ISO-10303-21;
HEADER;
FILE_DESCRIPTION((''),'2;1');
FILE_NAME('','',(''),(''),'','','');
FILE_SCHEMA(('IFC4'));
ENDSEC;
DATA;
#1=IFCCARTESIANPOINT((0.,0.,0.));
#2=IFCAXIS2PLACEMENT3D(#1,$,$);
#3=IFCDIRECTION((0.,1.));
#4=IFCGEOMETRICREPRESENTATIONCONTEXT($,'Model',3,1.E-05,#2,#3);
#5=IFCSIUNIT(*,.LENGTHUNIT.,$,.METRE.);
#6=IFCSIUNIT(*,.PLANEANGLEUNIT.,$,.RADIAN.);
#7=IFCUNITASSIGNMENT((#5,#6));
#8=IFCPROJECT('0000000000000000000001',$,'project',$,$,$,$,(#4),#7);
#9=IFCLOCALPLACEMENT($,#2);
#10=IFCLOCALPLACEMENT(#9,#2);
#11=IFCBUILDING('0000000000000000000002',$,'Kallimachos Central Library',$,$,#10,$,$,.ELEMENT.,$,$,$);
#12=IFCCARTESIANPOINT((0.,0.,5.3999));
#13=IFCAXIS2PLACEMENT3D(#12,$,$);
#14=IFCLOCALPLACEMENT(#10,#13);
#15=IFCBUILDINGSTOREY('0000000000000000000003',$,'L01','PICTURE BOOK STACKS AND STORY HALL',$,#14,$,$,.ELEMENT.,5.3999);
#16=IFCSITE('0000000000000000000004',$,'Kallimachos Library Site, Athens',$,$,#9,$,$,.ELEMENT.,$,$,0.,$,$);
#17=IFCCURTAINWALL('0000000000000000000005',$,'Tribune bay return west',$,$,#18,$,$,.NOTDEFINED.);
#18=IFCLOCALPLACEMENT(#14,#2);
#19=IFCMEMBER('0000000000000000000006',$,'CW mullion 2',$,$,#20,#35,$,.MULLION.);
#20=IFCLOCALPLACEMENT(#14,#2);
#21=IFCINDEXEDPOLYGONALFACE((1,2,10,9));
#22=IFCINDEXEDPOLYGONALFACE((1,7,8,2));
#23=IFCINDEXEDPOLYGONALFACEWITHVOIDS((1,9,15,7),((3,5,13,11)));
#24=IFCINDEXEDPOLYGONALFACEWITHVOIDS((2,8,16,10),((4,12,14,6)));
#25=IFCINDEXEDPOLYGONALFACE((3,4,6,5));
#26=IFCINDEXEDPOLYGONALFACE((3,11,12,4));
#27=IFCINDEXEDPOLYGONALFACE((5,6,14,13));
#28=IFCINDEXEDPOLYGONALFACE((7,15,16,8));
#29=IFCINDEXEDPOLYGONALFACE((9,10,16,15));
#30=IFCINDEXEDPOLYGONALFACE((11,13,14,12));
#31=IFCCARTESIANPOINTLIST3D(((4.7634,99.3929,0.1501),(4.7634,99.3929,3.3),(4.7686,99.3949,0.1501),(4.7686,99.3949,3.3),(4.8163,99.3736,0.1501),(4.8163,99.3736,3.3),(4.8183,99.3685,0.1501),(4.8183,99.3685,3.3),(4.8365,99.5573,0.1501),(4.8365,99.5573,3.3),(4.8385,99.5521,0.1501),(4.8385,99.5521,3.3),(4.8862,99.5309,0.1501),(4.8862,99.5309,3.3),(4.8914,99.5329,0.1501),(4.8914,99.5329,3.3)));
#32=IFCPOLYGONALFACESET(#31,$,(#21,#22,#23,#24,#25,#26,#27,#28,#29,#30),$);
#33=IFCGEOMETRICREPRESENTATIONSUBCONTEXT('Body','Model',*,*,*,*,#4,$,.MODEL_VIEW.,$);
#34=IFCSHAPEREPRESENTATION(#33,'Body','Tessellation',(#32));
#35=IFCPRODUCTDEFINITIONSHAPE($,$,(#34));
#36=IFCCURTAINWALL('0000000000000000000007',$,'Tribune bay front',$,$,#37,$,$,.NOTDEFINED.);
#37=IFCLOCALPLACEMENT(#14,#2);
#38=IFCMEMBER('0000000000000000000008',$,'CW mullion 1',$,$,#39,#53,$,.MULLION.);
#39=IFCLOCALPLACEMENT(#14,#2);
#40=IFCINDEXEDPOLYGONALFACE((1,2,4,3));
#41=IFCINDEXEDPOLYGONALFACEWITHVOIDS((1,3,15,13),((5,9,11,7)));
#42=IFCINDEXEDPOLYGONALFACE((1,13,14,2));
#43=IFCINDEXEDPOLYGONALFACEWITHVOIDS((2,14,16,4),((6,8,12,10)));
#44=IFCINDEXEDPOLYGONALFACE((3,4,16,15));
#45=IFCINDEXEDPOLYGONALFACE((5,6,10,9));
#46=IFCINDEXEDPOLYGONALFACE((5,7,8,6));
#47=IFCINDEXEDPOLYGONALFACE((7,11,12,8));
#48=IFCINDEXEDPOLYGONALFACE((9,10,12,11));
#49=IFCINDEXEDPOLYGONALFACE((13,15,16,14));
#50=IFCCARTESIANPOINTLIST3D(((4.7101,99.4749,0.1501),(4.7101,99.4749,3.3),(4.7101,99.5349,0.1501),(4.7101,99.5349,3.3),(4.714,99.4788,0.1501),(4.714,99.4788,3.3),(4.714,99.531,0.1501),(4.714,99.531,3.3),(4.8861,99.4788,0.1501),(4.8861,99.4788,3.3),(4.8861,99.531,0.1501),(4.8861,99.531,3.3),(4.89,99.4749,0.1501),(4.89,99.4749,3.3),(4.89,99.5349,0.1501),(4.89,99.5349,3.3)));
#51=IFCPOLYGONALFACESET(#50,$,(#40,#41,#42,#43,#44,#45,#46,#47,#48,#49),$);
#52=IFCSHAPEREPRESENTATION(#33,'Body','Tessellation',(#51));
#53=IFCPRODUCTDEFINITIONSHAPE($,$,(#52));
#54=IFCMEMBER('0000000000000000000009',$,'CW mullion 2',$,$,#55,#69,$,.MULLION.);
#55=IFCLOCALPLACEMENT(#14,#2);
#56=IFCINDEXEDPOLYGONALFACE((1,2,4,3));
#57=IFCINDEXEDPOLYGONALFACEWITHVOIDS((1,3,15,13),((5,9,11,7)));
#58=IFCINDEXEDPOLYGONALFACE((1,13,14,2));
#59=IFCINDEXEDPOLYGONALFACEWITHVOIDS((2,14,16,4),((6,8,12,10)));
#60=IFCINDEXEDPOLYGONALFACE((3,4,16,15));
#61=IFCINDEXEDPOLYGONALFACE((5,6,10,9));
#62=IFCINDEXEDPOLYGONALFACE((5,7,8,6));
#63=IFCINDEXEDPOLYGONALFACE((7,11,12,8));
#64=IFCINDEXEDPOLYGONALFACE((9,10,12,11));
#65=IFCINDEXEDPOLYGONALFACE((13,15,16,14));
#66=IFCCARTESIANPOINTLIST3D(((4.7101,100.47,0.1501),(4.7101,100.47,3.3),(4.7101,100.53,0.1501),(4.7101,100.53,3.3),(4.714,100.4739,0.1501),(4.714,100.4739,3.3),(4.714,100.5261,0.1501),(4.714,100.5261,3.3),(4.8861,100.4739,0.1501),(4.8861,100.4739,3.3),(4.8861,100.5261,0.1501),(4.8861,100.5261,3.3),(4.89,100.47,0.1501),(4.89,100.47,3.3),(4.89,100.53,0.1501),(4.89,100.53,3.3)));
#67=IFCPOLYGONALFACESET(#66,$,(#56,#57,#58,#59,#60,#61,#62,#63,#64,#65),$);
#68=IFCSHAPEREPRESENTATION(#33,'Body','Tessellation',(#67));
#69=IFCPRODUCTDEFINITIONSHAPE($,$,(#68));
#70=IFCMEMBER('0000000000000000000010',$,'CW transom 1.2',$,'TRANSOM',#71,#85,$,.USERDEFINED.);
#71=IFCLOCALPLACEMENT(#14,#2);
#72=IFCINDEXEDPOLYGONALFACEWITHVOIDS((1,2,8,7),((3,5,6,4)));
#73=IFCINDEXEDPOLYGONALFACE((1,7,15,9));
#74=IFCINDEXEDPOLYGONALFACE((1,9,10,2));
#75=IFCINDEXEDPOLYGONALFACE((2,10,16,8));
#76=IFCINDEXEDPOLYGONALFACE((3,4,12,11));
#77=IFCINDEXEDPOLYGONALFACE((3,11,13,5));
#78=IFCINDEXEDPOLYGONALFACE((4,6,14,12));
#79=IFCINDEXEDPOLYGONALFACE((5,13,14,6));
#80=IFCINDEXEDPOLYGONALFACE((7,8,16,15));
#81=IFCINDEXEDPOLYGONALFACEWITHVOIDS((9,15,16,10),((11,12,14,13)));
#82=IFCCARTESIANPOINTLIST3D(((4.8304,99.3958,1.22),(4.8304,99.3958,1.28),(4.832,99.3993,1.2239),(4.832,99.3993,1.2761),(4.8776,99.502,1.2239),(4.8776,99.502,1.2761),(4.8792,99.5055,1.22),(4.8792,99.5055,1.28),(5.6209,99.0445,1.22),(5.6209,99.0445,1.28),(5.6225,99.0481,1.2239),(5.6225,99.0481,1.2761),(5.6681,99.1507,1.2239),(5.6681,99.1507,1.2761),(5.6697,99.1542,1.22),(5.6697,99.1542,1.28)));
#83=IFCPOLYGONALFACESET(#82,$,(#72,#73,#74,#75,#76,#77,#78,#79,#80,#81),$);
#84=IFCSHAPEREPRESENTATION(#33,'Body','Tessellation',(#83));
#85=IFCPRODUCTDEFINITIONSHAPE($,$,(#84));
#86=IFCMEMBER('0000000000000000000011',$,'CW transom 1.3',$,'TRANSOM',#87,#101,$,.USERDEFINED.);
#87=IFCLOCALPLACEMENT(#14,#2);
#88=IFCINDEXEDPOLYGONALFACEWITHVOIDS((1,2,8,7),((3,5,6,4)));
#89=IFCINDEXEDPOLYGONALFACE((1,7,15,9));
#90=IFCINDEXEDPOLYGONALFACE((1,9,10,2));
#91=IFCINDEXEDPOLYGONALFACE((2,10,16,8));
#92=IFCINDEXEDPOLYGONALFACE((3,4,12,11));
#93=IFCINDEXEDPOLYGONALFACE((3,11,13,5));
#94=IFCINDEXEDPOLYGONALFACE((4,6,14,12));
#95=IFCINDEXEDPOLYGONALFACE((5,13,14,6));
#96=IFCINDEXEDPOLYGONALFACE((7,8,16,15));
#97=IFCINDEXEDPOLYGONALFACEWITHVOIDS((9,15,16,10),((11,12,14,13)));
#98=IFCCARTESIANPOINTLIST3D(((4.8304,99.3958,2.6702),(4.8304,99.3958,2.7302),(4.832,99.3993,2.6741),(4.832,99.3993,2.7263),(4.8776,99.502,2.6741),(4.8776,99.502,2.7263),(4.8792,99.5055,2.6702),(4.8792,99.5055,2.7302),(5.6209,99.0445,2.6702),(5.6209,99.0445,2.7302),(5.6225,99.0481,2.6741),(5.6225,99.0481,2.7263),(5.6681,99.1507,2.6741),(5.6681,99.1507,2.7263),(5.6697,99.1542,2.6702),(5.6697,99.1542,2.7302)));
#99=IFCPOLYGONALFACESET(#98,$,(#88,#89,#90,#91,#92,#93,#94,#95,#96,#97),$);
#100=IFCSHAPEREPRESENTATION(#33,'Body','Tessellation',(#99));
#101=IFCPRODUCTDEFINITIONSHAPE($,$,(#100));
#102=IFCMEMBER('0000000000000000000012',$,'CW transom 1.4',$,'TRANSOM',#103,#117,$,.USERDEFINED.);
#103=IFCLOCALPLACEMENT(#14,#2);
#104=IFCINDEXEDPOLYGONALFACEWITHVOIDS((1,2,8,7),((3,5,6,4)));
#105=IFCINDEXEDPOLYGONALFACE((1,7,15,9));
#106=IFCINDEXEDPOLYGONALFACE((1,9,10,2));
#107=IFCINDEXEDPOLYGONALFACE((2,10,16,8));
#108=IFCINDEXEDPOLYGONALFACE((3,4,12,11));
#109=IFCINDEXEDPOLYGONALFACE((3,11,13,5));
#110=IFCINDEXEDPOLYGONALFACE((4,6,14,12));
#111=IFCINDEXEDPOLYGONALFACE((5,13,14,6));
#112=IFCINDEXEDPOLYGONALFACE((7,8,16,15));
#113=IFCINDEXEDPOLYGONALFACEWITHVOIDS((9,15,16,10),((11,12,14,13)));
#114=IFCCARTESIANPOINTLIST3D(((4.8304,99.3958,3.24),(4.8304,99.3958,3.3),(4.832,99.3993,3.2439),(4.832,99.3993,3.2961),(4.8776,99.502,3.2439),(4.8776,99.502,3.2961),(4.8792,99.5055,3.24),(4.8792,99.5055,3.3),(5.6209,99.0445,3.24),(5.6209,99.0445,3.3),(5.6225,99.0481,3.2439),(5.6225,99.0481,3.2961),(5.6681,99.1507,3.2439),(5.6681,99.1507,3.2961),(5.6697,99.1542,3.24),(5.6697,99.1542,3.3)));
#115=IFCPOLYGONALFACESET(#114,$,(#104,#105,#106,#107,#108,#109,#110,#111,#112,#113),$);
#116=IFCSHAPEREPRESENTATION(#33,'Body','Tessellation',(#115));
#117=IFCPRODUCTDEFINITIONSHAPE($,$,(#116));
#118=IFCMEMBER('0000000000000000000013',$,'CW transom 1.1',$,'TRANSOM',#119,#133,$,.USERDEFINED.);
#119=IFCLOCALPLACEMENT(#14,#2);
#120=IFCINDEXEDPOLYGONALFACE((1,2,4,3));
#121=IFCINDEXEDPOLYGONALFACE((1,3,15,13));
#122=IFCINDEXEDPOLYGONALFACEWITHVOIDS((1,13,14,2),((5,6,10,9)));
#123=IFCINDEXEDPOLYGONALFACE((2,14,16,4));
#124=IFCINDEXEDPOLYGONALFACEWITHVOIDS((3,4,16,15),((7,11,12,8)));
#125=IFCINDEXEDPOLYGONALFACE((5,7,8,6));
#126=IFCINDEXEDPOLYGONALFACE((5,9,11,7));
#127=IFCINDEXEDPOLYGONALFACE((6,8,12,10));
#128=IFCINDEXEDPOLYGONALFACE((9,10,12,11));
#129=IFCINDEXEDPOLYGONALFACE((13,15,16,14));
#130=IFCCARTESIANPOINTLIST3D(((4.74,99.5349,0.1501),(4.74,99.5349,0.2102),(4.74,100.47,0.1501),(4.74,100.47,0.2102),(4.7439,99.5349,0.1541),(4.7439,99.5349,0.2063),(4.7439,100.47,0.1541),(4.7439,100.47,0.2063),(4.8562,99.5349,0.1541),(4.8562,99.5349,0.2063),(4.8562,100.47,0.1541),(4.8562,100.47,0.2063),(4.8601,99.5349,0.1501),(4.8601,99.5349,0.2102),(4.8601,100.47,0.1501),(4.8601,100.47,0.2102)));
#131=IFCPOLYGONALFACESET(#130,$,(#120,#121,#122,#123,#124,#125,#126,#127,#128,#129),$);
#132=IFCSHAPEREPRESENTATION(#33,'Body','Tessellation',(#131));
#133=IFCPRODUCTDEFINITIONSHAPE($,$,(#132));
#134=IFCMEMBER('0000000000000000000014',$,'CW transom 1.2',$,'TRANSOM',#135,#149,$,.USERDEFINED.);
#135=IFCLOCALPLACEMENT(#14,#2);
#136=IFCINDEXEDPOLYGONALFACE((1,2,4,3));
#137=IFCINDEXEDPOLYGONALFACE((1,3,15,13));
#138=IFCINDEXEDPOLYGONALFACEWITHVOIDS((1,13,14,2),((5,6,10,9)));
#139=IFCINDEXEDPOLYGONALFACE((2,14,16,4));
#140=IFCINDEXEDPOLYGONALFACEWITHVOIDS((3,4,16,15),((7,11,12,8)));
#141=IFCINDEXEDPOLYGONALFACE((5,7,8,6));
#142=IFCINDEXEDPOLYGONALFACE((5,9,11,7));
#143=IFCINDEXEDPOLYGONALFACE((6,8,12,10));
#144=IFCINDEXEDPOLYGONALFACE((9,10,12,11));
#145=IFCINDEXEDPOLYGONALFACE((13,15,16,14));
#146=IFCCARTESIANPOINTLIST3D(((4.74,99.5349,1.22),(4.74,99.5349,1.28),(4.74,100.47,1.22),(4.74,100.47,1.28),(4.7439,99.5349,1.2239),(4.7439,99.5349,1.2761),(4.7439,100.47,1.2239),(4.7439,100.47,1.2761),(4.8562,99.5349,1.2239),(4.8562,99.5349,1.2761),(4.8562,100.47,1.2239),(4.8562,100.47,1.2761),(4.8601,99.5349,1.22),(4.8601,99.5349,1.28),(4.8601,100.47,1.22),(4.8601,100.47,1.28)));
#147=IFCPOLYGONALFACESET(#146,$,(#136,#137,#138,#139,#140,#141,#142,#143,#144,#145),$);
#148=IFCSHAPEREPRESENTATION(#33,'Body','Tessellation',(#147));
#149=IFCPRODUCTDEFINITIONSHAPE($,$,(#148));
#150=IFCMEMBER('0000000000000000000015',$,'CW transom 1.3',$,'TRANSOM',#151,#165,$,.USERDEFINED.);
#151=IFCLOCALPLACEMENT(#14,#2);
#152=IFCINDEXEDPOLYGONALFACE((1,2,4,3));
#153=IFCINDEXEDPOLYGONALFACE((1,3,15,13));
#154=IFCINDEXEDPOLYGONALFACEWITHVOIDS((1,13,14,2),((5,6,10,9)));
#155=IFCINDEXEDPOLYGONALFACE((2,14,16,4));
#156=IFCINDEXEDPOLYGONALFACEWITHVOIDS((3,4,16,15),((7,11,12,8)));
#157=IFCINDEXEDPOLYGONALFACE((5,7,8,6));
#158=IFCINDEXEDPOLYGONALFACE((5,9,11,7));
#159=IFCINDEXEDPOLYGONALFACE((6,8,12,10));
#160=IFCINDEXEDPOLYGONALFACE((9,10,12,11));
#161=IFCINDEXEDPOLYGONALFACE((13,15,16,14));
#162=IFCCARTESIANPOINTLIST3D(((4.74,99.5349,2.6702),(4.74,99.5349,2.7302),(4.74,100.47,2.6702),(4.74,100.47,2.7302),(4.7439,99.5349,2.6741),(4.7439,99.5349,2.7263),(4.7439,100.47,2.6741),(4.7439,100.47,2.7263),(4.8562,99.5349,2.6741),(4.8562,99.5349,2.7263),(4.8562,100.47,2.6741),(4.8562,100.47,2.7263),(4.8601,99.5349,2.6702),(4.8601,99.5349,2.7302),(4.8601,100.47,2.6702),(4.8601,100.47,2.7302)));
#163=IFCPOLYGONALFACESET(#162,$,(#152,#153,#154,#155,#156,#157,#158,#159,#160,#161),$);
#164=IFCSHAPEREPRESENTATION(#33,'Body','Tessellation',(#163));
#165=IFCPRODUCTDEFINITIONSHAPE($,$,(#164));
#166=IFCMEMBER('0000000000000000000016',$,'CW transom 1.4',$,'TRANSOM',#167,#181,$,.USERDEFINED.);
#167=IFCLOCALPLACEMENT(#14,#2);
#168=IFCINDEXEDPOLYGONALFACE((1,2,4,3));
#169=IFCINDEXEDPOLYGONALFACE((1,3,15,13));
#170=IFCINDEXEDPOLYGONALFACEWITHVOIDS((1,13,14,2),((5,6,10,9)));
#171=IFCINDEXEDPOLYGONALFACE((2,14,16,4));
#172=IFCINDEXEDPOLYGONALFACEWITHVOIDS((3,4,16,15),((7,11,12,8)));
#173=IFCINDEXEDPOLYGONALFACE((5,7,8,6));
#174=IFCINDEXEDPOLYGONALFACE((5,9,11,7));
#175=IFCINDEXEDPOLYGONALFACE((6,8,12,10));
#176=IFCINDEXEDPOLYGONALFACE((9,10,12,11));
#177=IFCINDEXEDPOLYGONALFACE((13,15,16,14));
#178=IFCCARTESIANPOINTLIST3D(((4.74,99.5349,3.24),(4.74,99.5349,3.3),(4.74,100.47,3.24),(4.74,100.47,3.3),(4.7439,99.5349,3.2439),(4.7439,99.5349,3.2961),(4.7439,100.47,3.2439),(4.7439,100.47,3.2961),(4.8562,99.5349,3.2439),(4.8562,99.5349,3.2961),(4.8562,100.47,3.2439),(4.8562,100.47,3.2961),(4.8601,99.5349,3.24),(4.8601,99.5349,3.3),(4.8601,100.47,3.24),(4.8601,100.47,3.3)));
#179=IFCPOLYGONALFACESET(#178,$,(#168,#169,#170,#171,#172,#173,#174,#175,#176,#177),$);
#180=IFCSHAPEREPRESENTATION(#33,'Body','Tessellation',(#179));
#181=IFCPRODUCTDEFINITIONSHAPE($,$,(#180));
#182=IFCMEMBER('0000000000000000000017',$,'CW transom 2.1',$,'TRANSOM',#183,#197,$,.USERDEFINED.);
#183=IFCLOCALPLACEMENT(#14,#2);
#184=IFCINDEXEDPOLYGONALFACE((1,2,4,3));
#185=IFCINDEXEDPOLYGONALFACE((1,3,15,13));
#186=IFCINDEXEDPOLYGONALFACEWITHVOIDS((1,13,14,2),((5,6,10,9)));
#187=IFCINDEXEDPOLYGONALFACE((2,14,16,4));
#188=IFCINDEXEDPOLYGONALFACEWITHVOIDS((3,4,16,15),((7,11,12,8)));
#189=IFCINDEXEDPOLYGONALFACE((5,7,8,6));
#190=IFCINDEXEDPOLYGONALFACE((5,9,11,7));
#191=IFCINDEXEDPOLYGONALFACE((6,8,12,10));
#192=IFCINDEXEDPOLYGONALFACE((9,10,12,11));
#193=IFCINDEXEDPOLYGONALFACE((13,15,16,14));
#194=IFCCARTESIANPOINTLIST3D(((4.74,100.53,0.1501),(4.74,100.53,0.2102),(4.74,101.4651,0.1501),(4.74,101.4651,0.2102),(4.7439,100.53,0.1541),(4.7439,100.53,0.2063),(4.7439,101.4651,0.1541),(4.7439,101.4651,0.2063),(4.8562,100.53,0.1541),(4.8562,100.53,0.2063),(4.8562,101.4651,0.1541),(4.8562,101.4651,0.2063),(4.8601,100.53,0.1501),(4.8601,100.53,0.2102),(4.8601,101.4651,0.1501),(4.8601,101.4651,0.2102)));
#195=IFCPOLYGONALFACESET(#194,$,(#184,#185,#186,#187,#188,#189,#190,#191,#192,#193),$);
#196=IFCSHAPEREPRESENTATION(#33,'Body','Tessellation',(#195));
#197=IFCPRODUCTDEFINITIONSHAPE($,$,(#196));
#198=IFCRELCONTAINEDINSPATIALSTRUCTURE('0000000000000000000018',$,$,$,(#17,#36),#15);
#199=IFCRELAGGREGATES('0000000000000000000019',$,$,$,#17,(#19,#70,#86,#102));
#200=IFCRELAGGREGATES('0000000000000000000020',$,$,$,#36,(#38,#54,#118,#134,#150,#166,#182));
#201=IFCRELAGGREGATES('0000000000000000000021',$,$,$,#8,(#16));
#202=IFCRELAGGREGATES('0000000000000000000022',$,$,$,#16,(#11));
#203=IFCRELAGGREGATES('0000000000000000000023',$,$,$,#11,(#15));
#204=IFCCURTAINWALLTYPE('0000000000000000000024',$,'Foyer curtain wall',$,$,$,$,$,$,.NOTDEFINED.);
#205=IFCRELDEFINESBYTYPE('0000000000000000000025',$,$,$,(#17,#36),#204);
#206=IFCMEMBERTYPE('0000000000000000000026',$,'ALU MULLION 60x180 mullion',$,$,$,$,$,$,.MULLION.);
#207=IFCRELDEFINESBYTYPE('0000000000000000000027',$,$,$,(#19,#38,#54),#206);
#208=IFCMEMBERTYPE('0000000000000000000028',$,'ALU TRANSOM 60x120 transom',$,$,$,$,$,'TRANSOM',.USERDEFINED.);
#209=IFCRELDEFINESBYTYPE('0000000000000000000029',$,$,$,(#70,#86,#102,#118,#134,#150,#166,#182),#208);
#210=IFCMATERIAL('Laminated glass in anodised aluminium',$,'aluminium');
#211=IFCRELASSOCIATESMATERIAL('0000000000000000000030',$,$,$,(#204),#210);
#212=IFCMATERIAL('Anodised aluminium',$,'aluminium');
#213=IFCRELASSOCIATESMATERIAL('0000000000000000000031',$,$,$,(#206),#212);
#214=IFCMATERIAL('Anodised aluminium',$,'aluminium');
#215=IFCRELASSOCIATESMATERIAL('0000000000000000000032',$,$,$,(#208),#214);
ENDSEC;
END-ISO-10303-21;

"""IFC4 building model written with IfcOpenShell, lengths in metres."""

from ifc_helpers import new_model, si_unit, direction, frame, origin, origin_2d, place, context, subcontext, project, spatial, hollow_rectangle, extrude, material, material_profile, profile_set, type_object, element, aggregate, save


model = new_model("IFC4")

# Units and contexts
model_context = context("Model", 3, precision=1e-05, world=origin(), true_north=direction((0.0, 1.0)))
body_context = subcontext(model_context, "Body", "Model", "MODEL_VIEW")
ifc_project = project(units=[si_unit("LENGTHUNIT", "METRE"), si_unit("PLANEANGLEUNIT", "RADIAN")], contexts=[model_context])

# Site, building, storey
site_placement = place(None, origin())
site = spatial("IfcSite", under=ifc_project, at=site_placement, Name="Kallimachos Library Site, Athens", CompositionType="ELEMENT", RefElevation=0.0)
building_placement = place(site_placement, origin())
building = spatial("IfcBuilding", under=site, at=building_placement, Name="Kallimachos Central Library", CompositionType="ELEMENT")
storey_placement = place(building_placement, frame((0.0, 0.0, 5.3999)))
storey = spatial("IfcBuildingStorey", under=building, at=storey_placement, Name="L01", Description="PICTURE BOOK STACKS AND STORY HALL", CompositionType="ELEMENT", Elevation=5.3999)

# Curtain wall, member
ifc_material_1 = material(Name="Laminated glass in anodised aluminium", Category="aluminium")
curtain_wall_type = type_object("IfcCurtainWallType", Name="Foyer curtain wall", PredefinedType="NOTDEFINED", material=ifc_material_1)
curtain_wall_1_placement = place(storey_placement, origin())
curtain_wall_1 = element("IfcCurtainWall", 1, at=curtain_wall_1_placement, inside=storey, type_object=curtain_wall_type, Name="Tribune bay return west", PredefinedType="NOTDEFINED")
ifc_material_2 = material(Name="Anodised aluminium", Category="aluminium")
ifc_material_profile_1 = material_profile(ifc_material_2, hollow_rectangle(XDim=0.0601, YDim=0.1799, WallThickness=0.0039, at=origin_2d()), Name="ALU MULLION 60x180")
ifc_profile_set_1 = profile_set([ifc_material_profile_1], Name="Anodised aluminium")
member_type_1 = type_object("IfcMemberType", Name="ALU MULLION 60x180 mullion", PredefinedType="MULLION", material=ifc_profile_set_1)
member_1_placement = place(storey_placement, frame((4.8274, 99.4629, 0.1501), z_axis=(0.0, 0.0, 1.0), x_axis=(-0.913812, 0.406138, 0.0)))
member_1 = element("IfcMember", 2, at=member_1_placement, type_object=member_type_1, Name="CW mullion 2", PredefinedType="MULLION", context=body_context, shape_type="SweptSolid", body=[
    extrude(hollow_rectangle(XDim=0.0601, YDim=0.1799, WallThickness=0.0039, at=origin_2d()), origin(), (0.0, 0.0, 1.0), 3.1499),
])

# Curtain wall, members
curtain_wall_2_placement = place(storey_placement, origin())
curtain_wall_2 = element("IfcCurtainWall", 3, at=curtain_wall_2_placement, inside=storey, type_object=curtain_wall_type, Name="Tribune bay front", PredefinedType="NOTDEFINED")
member_2_placement = place(storey_placement, frame((4.8, 99.5049, 0.1501), z_axis=(0.0, 0.0, 1.0), x_axis=(0.0, 1.0, 0.0)))
member_2 = element("IfcMember", 4, at=member_2_placement, type_object=member_type_1, Name="CW mullion 1", PredefinedType="MULLION", context=body_context, shape_type="SweptSolid", body=[
    extrude(hollow_rectangle(XDim=0.0601, YDim=0.1799, WallThickness=0.0039, at=origin_2d()), origin(), (0.0, 0.0, 1.0), 3.1499),
])
member_3_placement = place(storey_placement, frame((4.8, 100.5, 0.1501), z_axis=(0.0, 0.0, 1.0), x_axis=(0.0, 1.0, 0.0)))
member_3 = element("IfcMember", 5, at=member_3_placement, type_object=member_type_1, Name="CW mullion 2", PredefinedType="MULLION", context=body_context, shape_type="SweptSolid", body=[
    extrude(hollow_rectangle(XDim=0.0601, YDim=0.1799, WallThickness=0.0039, at=origin_2d()), origin(), (0.0, 0.0, 1.0), 3.1499),
])

# Members
ifc_material_3 = material(Name="Anodised aluminium", Category="aluminium")
ifc_material_profile_2 = material_profile(ifc_material_3, hollow_rectangle(XDim=0.0601, YDim=0.1201, WallThickness=0.0039, at=origin_2d()), Name="ALU TRANSOM 60x120")
ifc_profile_set_2 = profile_set([ifc_material_profile_2], Name="Anodised aluminium")
member_type_2 = type_object("IfcMemberType", Name="ALU TRANSOM 60x120 transom", ElementType="TRANSOM", PredefinedType="USERDEFINED", material=ifc_profile_set_2)
member_4_placement = place(storey_placement, frame((5.6453, 99.0994, 1.25), z_axis=(-0.913823, 0.406112, 0.0), x_axis=(0.0, 0.0, 1.0)))
member_4 = element("IfcMember", 6, at=member_4_placement, type_object=member_type_2, Name="CW transom 1.2", ObjectType="TRANSOM", PredefinedType="USERDEFINED", context=body_context, shape_type="SweptSolid", body=[
    extrude(hollow_rectangle(XDim=0.0601, YDim=0.1201, WallThickness=0.0039, at=origin_2d()), origin(), (0.0, 0.0, 1.0), 0.865),
])
member_5_placement = place(storey_placement, frame((5.6453, 99.0994, 2.7002), z_axis=(-0.913823, 0.406112, 0.0), x_axis=(0.0, 0.0, 1.0)))
member_5 = element("IfcMember", 7, at=member_5_placement, type_object=member_type_2, Name="CW transom 1.3", ObjectType="TRANSOM", PredefinedType="USERDEFINED", context=body_context, shape_type="SweptSolid", body=[
    extrude(hollow_rectangle(XDim=0.0601, YDim=0.1201, WallThickness=0.0039, at=origin_2d()), origin(), (0.0, 0.0, 1.0), 0.865),
])
member_6_placement = place(storey_placement, frame((5.6453, 99.0994, 3.27), z_axis=(-0.913823, 0.406112, 0.0), x_axis=(0.0, 0.0, 1.0)))
member_6 = element("IfcMember", 8, at=member_6_placement, type_object=member_type_2, Name="CW transom 1.4", ObjectType="TRANSOM", PredefinedType="USERDEFINED", context=body_context, shape_type="SweptSolid", body=[
    extrude(hollow_rectangle(XDim=0.0601, YDim=0.1201, WallThickness=0.0039, at=origin_2d()), origin(), (0.0, 0.0, 1.0), 0.865),
])
member_7_placement = place(storey_placement, frame((4.8, 99.5349, 0.1802), z_axis=(0.0, 1.0, 0.0), x_axis=(0.0, 0.0, 1.0)))
member_7 = element("IfcMember", 9, at=member_7_placement, type_object=member_type_2, Name="CW transom 1.1", ObjectType="TRANSOM", PredefinedType="USERDEFINED", context=body_context, shape_type="SweptSolid", body=[
    extrude(hollow_rectangle(XDim=0.0601, YDim=0.1201, WallThickness=0.0039, at=origin_2d()), origin(), (0.0, 0.0, 1.0), 0.9351),
])
member_8_placement = place(storey_placement, frame((4.8, 99.5349, 1.25), z_axis=(0.0, 1.0, 0.0), x_axis=(0.0, 0.0, 1.0)))
member_8 = element("IfcMember", 10, at=member_8_placement, type_object=member_type_2, Name="CW transom 1.2", ObjectType="TRANSOM", PredefinedType="USERDEFINED", context=body_context, shape_type="SweptSolid", body=[
    extrude(hollow_rectangle(XDim=0.0601, YDim=0.1201, WallThickness=0.0039, at=origin_2d()), origin(), (0.0, 0.0, 1.0), 0.9351),
])
member_9_placement = place(storey_placement, frame((4.8, 99.5349, 2.7002), z_axis=(0.0, 1.0, 0.0), x_axis=(0.0, 0.0, 1.0)))
member_9 = element("IfcMember", 11, at=member_9_placement, type_object=member_type_2, Name="CW transom 1.3", ObjectType="TRANSOM", PredefinedType="USERDEFINED", context=body_context, shape_type="SweptSolid", body=[
    extrude(hollow_rectangle(XDim=0.0601, YDim=0.1201, WallThickness=0.0039, at=origin_2d()), origin(), (0.0, 0.0, 1.0), 0.9351),
])
member_10_placement = place(storey_placement, frame((4.8, 99.5349, 3.27), z_axis=(0.0, 1.0, 0.0), x_axis=(0.0, 0.0, 1.0)))
member_10 = element("IfcMember", 12, at=member_10_placement, type_object=member_type_2, Name="CW transom 1.4", ObjectType="TRANSOM", PredefinedType="USERDEFINED", context=body_context, shape_type="SweptSolid", body=[
    extrude(hollow_rectangle(XDim=0.0601, YDim=0.1201, WallThickness=0.0039, at=origin_2d()), origin(), (0.0, 0.0, 1.0), 0.9351),
])
member_11_placement = place(storey_placement, frame((4.8, 100.53, 0.1802), z_axis=(0.0, 1.0, 0.0), x_axis=(0.0, 0.0, 1.0)))
member_11 = element("IfcMember", 13, at=member_11_placement, type_object=member_type_2, Name="CW transom 2.1", ObjectType="TRANSOM", PredefinedType="USERDEFINED", context=body_context, shape_type="SweptSolid", body=[
    extrude(hollow_rectangle(XDim=0.0601, YDim=0.1201, WallThickness=0.0039, at=origin_2d()), origin(), (0.0, 0.0, 1.0), 0.9351),
])

aggregate(curtain_wall_1, [member_1, member_4, member_5, member_6])
aggregate(curtain_wall_2, [member_2, member_3, member_7, member_8, member_9, member_10, member_11])

save(model, "model.ifc")
